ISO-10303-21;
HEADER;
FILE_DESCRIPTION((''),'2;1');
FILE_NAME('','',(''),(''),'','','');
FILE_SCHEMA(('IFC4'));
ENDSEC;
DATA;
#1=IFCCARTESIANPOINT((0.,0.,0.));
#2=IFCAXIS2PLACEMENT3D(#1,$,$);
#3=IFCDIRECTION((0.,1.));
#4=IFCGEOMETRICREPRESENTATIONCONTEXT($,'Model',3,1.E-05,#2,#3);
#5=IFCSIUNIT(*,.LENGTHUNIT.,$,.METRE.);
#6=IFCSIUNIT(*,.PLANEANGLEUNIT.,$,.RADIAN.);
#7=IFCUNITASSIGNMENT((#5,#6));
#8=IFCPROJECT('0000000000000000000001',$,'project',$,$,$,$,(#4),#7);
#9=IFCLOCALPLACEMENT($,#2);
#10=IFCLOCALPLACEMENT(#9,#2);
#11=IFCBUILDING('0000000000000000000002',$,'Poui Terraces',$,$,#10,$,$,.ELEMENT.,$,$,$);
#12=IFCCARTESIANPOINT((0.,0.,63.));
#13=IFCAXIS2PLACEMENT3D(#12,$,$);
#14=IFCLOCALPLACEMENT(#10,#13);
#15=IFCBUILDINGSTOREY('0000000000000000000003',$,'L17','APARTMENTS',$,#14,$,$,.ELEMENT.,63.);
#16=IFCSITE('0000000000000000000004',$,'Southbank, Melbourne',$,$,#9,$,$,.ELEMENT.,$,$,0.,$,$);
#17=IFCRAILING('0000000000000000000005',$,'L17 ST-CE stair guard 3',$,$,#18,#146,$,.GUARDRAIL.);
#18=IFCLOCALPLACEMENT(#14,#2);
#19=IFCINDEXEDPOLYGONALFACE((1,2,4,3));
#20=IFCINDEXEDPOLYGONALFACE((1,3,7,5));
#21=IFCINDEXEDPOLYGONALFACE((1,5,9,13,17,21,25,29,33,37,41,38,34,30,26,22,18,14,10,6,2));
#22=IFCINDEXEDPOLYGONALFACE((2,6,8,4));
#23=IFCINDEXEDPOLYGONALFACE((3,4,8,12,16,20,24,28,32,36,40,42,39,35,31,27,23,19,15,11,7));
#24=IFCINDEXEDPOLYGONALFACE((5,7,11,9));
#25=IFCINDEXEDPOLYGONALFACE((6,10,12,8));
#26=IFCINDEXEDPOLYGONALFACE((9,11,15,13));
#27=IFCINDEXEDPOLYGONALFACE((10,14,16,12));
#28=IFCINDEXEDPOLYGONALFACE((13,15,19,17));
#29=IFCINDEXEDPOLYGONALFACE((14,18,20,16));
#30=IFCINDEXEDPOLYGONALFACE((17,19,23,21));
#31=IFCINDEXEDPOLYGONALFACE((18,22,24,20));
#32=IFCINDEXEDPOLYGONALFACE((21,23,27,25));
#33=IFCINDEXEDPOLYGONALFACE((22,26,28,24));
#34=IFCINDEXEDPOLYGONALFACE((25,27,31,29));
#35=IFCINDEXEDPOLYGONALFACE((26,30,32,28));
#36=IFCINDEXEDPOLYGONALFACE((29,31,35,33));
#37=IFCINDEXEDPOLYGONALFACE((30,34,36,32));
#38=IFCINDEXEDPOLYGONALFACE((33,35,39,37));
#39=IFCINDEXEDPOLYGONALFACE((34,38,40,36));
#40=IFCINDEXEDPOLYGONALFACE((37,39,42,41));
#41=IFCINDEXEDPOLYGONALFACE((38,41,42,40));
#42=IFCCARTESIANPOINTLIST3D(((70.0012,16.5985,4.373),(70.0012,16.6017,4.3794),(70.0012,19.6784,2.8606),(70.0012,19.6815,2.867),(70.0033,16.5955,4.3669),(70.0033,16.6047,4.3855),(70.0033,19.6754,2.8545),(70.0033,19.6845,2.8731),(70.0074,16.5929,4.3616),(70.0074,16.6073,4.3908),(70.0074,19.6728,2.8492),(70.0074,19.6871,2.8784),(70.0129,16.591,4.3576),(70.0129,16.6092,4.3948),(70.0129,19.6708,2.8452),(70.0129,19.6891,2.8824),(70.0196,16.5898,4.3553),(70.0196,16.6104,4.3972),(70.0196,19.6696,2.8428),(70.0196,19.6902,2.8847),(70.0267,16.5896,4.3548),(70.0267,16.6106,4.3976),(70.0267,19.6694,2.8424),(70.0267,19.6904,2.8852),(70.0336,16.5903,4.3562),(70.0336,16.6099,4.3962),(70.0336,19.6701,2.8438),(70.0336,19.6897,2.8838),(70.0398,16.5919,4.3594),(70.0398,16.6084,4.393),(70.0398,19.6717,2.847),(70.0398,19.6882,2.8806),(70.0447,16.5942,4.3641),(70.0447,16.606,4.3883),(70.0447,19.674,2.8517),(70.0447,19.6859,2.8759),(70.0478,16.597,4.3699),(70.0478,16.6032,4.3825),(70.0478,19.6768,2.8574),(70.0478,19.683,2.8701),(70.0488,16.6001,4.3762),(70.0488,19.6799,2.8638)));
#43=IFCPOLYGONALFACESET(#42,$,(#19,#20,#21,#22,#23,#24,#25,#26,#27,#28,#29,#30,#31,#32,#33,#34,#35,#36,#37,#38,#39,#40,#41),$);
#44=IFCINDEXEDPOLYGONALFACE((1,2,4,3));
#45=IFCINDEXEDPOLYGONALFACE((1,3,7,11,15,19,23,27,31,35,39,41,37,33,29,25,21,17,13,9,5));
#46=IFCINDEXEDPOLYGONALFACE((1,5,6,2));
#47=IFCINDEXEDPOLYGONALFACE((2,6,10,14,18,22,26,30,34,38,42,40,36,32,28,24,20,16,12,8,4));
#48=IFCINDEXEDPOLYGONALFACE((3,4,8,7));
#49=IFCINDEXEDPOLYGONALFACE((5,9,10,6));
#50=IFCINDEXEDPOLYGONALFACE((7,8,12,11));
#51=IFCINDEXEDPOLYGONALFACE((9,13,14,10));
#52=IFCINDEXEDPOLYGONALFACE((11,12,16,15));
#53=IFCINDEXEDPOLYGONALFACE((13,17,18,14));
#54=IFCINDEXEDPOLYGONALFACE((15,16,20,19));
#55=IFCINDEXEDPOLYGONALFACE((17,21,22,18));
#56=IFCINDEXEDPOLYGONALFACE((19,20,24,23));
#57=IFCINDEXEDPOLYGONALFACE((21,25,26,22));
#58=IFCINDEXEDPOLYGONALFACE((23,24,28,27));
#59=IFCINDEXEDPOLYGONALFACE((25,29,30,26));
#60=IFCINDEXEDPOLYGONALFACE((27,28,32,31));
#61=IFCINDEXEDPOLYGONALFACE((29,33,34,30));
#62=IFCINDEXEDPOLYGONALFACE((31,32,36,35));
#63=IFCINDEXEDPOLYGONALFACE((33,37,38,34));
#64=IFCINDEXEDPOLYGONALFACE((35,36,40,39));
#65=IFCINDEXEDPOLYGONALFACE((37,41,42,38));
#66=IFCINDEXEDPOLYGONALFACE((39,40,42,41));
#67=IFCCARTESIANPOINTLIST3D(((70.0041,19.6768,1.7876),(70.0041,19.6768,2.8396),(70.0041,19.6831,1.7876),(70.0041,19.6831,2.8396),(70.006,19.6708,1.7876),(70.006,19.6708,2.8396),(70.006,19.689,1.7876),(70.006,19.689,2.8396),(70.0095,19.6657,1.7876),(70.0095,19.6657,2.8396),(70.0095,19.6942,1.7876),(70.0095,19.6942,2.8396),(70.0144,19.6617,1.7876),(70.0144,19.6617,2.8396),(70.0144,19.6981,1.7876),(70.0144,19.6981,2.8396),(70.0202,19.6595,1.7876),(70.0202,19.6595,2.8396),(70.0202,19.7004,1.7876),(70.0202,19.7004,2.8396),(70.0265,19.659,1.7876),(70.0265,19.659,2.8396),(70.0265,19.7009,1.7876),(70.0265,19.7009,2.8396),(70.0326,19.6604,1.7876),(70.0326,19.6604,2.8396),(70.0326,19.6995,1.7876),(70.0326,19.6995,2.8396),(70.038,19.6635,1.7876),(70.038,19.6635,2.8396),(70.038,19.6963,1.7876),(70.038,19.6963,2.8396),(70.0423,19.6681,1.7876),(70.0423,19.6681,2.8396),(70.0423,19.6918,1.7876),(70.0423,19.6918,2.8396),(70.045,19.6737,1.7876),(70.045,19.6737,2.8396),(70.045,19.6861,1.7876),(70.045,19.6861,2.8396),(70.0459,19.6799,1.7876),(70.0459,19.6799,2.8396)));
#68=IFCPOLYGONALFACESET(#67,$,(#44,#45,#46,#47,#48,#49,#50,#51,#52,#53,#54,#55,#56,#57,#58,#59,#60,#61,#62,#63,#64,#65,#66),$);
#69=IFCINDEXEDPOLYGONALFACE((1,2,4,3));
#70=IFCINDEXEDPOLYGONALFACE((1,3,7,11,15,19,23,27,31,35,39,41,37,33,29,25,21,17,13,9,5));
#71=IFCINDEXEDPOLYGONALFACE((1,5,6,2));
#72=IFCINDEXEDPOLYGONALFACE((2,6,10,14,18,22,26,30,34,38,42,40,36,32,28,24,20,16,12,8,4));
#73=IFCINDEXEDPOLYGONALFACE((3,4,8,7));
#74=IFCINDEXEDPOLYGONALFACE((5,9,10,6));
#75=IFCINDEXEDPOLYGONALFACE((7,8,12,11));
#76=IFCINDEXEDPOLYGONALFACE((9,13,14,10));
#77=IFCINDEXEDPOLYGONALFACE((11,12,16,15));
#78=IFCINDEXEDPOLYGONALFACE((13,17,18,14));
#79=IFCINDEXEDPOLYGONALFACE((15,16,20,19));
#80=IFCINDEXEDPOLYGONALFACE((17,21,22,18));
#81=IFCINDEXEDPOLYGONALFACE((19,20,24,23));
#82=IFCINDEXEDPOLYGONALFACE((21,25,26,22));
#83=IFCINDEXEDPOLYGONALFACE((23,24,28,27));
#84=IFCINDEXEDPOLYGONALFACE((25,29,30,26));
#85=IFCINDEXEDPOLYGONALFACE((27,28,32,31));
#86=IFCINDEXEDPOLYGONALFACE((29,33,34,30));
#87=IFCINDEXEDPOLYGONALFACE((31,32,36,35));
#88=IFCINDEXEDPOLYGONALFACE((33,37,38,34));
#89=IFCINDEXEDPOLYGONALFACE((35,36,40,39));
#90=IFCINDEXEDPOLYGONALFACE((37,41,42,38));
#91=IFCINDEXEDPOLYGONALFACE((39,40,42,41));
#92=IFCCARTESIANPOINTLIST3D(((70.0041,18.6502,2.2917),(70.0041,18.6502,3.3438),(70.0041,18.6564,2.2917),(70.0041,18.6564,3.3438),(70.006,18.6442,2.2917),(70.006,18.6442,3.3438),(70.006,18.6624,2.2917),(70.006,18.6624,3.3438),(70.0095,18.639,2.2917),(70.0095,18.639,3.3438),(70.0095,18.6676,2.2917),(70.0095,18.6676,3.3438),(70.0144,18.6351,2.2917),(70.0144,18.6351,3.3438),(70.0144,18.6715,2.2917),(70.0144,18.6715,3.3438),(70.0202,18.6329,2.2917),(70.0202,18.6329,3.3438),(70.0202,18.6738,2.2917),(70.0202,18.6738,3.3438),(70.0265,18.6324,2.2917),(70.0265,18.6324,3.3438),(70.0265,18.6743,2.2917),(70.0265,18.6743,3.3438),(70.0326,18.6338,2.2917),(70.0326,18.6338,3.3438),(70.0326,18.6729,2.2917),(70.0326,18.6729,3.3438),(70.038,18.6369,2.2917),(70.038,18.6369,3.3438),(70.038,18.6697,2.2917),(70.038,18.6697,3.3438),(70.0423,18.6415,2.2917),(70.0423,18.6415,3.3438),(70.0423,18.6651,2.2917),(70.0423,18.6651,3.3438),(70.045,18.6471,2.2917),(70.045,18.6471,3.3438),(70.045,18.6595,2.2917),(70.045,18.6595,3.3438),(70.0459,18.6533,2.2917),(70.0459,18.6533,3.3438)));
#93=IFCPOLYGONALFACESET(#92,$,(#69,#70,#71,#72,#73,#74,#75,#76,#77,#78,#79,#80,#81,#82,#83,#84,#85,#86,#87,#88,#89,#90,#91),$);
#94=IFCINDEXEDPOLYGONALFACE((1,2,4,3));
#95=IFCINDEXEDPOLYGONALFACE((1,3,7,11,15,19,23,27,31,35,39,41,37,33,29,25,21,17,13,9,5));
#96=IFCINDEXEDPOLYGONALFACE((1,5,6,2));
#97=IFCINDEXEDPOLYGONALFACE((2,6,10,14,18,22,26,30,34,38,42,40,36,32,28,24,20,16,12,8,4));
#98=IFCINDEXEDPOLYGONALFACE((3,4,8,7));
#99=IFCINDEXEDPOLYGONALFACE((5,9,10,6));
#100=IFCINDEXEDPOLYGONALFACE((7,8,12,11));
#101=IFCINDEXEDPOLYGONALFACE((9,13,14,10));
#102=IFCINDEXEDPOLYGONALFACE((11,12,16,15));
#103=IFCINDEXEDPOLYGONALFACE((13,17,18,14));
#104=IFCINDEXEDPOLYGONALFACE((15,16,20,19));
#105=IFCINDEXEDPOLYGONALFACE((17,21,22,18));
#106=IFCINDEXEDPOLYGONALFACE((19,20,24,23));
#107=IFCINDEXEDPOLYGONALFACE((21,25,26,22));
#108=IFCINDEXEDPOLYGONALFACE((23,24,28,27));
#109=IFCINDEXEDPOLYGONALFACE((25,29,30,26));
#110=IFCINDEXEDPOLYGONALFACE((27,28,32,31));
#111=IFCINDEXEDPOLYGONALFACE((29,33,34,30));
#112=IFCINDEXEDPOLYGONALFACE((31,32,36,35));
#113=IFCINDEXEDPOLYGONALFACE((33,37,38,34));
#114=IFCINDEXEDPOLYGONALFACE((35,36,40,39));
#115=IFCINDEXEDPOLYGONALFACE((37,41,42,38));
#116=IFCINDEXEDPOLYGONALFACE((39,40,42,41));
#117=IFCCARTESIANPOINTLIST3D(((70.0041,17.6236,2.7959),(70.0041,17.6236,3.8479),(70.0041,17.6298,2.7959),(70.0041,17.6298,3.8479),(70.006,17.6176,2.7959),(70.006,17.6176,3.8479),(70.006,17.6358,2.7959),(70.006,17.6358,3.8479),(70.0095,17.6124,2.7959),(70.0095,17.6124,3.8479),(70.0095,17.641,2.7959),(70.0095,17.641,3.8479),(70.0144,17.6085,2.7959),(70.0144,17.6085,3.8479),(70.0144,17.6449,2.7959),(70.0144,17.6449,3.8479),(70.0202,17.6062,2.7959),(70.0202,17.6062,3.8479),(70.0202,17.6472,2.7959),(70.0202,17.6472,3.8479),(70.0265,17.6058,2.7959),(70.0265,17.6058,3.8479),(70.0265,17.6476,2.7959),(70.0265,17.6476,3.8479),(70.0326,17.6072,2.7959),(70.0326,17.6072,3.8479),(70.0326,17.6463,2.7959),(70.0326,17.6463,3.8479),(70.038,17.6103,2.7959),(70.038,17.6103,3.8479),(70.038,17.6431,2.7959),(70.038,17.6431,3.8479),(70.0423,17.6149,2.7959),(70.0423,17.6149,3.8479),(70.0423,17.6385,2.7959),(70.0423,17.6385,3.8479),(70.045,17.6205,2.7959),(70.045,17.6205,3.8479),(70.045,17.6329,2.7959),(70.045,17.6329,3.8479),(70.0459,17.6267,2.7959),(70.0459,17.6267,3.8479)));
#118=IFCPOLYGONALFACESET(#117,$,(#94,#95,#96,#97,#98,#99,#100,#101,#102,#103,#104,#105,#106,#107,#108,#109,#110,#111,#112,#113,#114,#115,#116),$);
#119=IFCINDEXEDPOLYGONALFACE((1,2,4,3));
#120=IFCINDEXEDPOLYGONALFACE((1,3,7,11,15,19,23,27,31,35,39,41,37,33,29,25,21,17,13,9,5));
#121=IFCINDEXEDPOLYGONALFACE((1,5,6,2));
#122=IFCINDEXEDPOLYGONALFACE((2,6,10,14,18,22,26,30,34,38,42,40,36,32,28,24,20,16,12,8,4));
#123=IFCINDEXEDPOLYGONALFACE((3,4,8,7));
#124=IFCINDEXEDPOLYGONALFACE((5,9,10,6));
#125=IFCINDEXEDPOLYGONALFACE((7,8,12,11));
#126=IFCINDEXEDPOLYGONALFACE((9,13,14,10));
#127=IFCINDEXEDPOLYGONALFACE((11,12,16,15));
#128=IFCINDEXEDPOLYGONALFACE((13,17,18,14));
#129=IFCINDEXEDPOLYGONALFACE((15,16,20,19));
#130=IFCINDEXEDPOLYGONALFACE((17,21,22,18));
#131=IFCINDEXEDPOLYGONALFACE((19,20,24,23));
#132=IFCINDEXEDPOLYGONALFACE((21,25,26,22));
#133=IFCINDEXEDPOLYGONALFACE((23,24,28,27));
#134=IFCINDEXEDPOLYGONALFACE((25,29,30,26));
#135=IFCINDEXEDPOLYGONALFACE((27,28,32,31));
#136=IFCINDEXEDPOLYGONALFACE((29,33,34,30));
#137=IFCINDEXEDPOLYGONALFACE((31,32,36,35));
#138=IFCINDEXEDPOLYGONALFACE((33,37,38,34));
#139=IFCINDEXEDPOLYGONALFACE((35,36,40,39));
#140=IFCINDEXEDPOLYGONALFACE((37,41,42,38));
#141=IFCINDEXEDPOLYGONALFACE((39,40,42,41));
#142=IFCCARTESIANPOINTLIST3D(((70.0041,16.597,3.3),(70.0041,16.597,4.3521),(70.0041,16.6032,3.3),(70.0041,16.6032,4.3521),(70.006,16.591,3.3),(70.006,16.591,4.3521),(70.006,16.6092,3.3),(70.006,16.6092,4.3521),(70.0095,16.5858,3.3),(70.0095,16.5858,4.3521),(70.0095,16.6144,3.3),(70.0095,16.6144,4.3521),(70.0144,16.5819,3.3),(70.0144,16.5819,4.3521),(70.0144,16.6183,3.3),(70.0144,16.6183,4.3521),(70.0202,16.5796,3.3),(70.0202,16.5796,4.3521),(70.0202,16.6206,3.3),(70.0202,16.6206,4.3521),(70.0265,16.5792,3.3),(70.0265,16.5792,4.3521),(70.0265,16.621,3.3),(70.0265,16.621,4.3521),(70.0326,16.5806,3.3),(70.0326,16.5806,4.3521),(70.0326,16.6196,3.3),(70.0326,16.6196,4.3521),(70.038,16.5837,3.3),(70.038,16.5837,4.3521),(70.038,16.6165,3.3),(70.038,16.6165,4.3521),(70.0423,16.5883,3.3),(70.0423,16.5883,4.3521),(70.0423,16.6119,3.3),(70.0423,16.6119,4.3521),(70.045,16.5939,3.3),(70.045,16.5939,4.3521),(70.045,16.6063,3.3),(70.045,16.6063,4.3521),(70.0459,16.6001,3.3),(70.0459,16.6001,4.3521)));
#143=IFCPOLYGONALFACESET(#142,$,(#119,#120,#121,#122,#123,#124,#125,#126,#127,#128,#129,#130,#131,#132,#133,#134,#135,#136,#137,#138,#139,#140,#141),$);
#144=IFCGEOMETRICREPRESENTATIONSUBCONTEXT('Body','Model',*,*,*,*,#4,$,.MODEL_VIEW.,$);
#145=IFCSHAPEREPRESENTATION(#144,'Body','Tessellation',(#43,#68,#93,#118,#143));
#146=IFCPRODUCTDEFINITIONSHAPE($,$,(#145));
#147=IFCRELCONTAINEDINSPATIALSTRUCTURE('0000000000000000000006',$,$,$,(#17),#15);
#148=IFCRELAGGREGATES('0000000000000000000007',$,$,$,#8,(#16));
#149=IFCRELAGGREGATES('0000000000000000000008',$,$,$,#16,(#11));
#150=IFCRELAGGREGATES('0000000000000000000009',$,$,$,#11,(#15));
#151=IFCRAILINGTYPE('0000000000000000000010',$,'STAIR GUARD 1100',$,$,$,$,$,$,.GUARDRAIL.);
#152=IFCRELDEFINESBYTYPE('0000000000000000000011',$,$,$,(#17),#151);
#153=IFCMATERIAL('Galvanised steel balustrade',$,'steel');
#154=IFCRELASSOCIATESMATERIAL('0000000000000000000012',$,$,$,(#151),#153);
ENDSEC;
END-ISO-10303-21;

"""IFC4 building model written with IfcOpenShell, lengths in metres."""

from ifc_helpers import new_model, si_unit, direction, frame, origin, origin_2d, place, context, subcontext, project, spatial, circle, extrude, material, type_object, element, save


model = new_model("IFC4")

# Units and contexts
model_context = context("Model", 3, precision=1e-05, world=origin(), true_north=direction((0.0, 1.0)))
body_context = subcontext(model_context, "Body", "Model", "MODEL_VIEW")
ifc_project = project(units=[si_unit("LENGTHUNIT", "METRE"), si_unit("PLANEANGLEUNIT", "RADIAN")], contexts=[model_context])

# Site, building, storey
site_placement = place(None, origin())
site = spatial("IfcSite", under=ifc_project, at=site_placement, Name="Southbank, Melbourne", CompositionType="ELEMENT", RefElevation=0.0)
building_placement = place(site_placement, origin())
building = spatial("IfcBuilding", under=site, at=building_placement, Name="Poui Terraces", CompositionType="ELEMENT")
storey_placement = place(building_placement, frame((0.0, 0.0, 63.0)))
storey = spatial("IfcBuildingStorey", under=building, at=storey_placement, Name="L17", Description="APARTMENTS", CompositionType="ELEMENT", Elevation=63.0)

# Railing
ifc_material_1 = material(Name="Galvanised steel balustrade", Category="steel")
railing_type_1 = type_object("IfcRailingType", Name="STAIR GUARD 1100", PredefinedType="GUARDRAIL", material=ifc_material_1)
railing_1_placement = place(storey_placement, frame((70.0249, 19.6799, 1.7876)))
element("IfcRailing", 1, at=railing_1_placement, inside=storey, type_object=railing_type_1, Name="L17 ST-CE stair guard 3", PredefinedType="GUARDRAIL", context=body_context, shape_type="SweptSolid", body=[
    extrude(circle(Radius=0.0239, at=origin_2d()), frame((0.0, 0.0, 1.0762), z_axis=(0.0, -0.897606, 0.440798), x_axis=(1.0, 0.0, 0.0)), (0.0, 0.0, 1.0), 3.4312),
    extrude(circle(Radius=0.021, at=origin_2d()), origin(), (0.0, 0.0, 1.0), 1.052),
    extrude(circle(Radius=0.021, at=origin_2d()), frame((0.0, -1.0266, 0.5042)), (0.0, 0.0, 1.0), 1.052),
    extrude(circle(Radius=0.021, at=origin_2d()), frame((0.0, -2.0532, 1.0083)), (0.0, 0.0, 1.0), 1.052),
    extrude(circle(Radius=0.021, at=origin_2d()), frame((0.0, -3.0798, 1.5125)), (0.0, 0.0, 1.0), 1.052),
])

save(model, "model.ifc")
